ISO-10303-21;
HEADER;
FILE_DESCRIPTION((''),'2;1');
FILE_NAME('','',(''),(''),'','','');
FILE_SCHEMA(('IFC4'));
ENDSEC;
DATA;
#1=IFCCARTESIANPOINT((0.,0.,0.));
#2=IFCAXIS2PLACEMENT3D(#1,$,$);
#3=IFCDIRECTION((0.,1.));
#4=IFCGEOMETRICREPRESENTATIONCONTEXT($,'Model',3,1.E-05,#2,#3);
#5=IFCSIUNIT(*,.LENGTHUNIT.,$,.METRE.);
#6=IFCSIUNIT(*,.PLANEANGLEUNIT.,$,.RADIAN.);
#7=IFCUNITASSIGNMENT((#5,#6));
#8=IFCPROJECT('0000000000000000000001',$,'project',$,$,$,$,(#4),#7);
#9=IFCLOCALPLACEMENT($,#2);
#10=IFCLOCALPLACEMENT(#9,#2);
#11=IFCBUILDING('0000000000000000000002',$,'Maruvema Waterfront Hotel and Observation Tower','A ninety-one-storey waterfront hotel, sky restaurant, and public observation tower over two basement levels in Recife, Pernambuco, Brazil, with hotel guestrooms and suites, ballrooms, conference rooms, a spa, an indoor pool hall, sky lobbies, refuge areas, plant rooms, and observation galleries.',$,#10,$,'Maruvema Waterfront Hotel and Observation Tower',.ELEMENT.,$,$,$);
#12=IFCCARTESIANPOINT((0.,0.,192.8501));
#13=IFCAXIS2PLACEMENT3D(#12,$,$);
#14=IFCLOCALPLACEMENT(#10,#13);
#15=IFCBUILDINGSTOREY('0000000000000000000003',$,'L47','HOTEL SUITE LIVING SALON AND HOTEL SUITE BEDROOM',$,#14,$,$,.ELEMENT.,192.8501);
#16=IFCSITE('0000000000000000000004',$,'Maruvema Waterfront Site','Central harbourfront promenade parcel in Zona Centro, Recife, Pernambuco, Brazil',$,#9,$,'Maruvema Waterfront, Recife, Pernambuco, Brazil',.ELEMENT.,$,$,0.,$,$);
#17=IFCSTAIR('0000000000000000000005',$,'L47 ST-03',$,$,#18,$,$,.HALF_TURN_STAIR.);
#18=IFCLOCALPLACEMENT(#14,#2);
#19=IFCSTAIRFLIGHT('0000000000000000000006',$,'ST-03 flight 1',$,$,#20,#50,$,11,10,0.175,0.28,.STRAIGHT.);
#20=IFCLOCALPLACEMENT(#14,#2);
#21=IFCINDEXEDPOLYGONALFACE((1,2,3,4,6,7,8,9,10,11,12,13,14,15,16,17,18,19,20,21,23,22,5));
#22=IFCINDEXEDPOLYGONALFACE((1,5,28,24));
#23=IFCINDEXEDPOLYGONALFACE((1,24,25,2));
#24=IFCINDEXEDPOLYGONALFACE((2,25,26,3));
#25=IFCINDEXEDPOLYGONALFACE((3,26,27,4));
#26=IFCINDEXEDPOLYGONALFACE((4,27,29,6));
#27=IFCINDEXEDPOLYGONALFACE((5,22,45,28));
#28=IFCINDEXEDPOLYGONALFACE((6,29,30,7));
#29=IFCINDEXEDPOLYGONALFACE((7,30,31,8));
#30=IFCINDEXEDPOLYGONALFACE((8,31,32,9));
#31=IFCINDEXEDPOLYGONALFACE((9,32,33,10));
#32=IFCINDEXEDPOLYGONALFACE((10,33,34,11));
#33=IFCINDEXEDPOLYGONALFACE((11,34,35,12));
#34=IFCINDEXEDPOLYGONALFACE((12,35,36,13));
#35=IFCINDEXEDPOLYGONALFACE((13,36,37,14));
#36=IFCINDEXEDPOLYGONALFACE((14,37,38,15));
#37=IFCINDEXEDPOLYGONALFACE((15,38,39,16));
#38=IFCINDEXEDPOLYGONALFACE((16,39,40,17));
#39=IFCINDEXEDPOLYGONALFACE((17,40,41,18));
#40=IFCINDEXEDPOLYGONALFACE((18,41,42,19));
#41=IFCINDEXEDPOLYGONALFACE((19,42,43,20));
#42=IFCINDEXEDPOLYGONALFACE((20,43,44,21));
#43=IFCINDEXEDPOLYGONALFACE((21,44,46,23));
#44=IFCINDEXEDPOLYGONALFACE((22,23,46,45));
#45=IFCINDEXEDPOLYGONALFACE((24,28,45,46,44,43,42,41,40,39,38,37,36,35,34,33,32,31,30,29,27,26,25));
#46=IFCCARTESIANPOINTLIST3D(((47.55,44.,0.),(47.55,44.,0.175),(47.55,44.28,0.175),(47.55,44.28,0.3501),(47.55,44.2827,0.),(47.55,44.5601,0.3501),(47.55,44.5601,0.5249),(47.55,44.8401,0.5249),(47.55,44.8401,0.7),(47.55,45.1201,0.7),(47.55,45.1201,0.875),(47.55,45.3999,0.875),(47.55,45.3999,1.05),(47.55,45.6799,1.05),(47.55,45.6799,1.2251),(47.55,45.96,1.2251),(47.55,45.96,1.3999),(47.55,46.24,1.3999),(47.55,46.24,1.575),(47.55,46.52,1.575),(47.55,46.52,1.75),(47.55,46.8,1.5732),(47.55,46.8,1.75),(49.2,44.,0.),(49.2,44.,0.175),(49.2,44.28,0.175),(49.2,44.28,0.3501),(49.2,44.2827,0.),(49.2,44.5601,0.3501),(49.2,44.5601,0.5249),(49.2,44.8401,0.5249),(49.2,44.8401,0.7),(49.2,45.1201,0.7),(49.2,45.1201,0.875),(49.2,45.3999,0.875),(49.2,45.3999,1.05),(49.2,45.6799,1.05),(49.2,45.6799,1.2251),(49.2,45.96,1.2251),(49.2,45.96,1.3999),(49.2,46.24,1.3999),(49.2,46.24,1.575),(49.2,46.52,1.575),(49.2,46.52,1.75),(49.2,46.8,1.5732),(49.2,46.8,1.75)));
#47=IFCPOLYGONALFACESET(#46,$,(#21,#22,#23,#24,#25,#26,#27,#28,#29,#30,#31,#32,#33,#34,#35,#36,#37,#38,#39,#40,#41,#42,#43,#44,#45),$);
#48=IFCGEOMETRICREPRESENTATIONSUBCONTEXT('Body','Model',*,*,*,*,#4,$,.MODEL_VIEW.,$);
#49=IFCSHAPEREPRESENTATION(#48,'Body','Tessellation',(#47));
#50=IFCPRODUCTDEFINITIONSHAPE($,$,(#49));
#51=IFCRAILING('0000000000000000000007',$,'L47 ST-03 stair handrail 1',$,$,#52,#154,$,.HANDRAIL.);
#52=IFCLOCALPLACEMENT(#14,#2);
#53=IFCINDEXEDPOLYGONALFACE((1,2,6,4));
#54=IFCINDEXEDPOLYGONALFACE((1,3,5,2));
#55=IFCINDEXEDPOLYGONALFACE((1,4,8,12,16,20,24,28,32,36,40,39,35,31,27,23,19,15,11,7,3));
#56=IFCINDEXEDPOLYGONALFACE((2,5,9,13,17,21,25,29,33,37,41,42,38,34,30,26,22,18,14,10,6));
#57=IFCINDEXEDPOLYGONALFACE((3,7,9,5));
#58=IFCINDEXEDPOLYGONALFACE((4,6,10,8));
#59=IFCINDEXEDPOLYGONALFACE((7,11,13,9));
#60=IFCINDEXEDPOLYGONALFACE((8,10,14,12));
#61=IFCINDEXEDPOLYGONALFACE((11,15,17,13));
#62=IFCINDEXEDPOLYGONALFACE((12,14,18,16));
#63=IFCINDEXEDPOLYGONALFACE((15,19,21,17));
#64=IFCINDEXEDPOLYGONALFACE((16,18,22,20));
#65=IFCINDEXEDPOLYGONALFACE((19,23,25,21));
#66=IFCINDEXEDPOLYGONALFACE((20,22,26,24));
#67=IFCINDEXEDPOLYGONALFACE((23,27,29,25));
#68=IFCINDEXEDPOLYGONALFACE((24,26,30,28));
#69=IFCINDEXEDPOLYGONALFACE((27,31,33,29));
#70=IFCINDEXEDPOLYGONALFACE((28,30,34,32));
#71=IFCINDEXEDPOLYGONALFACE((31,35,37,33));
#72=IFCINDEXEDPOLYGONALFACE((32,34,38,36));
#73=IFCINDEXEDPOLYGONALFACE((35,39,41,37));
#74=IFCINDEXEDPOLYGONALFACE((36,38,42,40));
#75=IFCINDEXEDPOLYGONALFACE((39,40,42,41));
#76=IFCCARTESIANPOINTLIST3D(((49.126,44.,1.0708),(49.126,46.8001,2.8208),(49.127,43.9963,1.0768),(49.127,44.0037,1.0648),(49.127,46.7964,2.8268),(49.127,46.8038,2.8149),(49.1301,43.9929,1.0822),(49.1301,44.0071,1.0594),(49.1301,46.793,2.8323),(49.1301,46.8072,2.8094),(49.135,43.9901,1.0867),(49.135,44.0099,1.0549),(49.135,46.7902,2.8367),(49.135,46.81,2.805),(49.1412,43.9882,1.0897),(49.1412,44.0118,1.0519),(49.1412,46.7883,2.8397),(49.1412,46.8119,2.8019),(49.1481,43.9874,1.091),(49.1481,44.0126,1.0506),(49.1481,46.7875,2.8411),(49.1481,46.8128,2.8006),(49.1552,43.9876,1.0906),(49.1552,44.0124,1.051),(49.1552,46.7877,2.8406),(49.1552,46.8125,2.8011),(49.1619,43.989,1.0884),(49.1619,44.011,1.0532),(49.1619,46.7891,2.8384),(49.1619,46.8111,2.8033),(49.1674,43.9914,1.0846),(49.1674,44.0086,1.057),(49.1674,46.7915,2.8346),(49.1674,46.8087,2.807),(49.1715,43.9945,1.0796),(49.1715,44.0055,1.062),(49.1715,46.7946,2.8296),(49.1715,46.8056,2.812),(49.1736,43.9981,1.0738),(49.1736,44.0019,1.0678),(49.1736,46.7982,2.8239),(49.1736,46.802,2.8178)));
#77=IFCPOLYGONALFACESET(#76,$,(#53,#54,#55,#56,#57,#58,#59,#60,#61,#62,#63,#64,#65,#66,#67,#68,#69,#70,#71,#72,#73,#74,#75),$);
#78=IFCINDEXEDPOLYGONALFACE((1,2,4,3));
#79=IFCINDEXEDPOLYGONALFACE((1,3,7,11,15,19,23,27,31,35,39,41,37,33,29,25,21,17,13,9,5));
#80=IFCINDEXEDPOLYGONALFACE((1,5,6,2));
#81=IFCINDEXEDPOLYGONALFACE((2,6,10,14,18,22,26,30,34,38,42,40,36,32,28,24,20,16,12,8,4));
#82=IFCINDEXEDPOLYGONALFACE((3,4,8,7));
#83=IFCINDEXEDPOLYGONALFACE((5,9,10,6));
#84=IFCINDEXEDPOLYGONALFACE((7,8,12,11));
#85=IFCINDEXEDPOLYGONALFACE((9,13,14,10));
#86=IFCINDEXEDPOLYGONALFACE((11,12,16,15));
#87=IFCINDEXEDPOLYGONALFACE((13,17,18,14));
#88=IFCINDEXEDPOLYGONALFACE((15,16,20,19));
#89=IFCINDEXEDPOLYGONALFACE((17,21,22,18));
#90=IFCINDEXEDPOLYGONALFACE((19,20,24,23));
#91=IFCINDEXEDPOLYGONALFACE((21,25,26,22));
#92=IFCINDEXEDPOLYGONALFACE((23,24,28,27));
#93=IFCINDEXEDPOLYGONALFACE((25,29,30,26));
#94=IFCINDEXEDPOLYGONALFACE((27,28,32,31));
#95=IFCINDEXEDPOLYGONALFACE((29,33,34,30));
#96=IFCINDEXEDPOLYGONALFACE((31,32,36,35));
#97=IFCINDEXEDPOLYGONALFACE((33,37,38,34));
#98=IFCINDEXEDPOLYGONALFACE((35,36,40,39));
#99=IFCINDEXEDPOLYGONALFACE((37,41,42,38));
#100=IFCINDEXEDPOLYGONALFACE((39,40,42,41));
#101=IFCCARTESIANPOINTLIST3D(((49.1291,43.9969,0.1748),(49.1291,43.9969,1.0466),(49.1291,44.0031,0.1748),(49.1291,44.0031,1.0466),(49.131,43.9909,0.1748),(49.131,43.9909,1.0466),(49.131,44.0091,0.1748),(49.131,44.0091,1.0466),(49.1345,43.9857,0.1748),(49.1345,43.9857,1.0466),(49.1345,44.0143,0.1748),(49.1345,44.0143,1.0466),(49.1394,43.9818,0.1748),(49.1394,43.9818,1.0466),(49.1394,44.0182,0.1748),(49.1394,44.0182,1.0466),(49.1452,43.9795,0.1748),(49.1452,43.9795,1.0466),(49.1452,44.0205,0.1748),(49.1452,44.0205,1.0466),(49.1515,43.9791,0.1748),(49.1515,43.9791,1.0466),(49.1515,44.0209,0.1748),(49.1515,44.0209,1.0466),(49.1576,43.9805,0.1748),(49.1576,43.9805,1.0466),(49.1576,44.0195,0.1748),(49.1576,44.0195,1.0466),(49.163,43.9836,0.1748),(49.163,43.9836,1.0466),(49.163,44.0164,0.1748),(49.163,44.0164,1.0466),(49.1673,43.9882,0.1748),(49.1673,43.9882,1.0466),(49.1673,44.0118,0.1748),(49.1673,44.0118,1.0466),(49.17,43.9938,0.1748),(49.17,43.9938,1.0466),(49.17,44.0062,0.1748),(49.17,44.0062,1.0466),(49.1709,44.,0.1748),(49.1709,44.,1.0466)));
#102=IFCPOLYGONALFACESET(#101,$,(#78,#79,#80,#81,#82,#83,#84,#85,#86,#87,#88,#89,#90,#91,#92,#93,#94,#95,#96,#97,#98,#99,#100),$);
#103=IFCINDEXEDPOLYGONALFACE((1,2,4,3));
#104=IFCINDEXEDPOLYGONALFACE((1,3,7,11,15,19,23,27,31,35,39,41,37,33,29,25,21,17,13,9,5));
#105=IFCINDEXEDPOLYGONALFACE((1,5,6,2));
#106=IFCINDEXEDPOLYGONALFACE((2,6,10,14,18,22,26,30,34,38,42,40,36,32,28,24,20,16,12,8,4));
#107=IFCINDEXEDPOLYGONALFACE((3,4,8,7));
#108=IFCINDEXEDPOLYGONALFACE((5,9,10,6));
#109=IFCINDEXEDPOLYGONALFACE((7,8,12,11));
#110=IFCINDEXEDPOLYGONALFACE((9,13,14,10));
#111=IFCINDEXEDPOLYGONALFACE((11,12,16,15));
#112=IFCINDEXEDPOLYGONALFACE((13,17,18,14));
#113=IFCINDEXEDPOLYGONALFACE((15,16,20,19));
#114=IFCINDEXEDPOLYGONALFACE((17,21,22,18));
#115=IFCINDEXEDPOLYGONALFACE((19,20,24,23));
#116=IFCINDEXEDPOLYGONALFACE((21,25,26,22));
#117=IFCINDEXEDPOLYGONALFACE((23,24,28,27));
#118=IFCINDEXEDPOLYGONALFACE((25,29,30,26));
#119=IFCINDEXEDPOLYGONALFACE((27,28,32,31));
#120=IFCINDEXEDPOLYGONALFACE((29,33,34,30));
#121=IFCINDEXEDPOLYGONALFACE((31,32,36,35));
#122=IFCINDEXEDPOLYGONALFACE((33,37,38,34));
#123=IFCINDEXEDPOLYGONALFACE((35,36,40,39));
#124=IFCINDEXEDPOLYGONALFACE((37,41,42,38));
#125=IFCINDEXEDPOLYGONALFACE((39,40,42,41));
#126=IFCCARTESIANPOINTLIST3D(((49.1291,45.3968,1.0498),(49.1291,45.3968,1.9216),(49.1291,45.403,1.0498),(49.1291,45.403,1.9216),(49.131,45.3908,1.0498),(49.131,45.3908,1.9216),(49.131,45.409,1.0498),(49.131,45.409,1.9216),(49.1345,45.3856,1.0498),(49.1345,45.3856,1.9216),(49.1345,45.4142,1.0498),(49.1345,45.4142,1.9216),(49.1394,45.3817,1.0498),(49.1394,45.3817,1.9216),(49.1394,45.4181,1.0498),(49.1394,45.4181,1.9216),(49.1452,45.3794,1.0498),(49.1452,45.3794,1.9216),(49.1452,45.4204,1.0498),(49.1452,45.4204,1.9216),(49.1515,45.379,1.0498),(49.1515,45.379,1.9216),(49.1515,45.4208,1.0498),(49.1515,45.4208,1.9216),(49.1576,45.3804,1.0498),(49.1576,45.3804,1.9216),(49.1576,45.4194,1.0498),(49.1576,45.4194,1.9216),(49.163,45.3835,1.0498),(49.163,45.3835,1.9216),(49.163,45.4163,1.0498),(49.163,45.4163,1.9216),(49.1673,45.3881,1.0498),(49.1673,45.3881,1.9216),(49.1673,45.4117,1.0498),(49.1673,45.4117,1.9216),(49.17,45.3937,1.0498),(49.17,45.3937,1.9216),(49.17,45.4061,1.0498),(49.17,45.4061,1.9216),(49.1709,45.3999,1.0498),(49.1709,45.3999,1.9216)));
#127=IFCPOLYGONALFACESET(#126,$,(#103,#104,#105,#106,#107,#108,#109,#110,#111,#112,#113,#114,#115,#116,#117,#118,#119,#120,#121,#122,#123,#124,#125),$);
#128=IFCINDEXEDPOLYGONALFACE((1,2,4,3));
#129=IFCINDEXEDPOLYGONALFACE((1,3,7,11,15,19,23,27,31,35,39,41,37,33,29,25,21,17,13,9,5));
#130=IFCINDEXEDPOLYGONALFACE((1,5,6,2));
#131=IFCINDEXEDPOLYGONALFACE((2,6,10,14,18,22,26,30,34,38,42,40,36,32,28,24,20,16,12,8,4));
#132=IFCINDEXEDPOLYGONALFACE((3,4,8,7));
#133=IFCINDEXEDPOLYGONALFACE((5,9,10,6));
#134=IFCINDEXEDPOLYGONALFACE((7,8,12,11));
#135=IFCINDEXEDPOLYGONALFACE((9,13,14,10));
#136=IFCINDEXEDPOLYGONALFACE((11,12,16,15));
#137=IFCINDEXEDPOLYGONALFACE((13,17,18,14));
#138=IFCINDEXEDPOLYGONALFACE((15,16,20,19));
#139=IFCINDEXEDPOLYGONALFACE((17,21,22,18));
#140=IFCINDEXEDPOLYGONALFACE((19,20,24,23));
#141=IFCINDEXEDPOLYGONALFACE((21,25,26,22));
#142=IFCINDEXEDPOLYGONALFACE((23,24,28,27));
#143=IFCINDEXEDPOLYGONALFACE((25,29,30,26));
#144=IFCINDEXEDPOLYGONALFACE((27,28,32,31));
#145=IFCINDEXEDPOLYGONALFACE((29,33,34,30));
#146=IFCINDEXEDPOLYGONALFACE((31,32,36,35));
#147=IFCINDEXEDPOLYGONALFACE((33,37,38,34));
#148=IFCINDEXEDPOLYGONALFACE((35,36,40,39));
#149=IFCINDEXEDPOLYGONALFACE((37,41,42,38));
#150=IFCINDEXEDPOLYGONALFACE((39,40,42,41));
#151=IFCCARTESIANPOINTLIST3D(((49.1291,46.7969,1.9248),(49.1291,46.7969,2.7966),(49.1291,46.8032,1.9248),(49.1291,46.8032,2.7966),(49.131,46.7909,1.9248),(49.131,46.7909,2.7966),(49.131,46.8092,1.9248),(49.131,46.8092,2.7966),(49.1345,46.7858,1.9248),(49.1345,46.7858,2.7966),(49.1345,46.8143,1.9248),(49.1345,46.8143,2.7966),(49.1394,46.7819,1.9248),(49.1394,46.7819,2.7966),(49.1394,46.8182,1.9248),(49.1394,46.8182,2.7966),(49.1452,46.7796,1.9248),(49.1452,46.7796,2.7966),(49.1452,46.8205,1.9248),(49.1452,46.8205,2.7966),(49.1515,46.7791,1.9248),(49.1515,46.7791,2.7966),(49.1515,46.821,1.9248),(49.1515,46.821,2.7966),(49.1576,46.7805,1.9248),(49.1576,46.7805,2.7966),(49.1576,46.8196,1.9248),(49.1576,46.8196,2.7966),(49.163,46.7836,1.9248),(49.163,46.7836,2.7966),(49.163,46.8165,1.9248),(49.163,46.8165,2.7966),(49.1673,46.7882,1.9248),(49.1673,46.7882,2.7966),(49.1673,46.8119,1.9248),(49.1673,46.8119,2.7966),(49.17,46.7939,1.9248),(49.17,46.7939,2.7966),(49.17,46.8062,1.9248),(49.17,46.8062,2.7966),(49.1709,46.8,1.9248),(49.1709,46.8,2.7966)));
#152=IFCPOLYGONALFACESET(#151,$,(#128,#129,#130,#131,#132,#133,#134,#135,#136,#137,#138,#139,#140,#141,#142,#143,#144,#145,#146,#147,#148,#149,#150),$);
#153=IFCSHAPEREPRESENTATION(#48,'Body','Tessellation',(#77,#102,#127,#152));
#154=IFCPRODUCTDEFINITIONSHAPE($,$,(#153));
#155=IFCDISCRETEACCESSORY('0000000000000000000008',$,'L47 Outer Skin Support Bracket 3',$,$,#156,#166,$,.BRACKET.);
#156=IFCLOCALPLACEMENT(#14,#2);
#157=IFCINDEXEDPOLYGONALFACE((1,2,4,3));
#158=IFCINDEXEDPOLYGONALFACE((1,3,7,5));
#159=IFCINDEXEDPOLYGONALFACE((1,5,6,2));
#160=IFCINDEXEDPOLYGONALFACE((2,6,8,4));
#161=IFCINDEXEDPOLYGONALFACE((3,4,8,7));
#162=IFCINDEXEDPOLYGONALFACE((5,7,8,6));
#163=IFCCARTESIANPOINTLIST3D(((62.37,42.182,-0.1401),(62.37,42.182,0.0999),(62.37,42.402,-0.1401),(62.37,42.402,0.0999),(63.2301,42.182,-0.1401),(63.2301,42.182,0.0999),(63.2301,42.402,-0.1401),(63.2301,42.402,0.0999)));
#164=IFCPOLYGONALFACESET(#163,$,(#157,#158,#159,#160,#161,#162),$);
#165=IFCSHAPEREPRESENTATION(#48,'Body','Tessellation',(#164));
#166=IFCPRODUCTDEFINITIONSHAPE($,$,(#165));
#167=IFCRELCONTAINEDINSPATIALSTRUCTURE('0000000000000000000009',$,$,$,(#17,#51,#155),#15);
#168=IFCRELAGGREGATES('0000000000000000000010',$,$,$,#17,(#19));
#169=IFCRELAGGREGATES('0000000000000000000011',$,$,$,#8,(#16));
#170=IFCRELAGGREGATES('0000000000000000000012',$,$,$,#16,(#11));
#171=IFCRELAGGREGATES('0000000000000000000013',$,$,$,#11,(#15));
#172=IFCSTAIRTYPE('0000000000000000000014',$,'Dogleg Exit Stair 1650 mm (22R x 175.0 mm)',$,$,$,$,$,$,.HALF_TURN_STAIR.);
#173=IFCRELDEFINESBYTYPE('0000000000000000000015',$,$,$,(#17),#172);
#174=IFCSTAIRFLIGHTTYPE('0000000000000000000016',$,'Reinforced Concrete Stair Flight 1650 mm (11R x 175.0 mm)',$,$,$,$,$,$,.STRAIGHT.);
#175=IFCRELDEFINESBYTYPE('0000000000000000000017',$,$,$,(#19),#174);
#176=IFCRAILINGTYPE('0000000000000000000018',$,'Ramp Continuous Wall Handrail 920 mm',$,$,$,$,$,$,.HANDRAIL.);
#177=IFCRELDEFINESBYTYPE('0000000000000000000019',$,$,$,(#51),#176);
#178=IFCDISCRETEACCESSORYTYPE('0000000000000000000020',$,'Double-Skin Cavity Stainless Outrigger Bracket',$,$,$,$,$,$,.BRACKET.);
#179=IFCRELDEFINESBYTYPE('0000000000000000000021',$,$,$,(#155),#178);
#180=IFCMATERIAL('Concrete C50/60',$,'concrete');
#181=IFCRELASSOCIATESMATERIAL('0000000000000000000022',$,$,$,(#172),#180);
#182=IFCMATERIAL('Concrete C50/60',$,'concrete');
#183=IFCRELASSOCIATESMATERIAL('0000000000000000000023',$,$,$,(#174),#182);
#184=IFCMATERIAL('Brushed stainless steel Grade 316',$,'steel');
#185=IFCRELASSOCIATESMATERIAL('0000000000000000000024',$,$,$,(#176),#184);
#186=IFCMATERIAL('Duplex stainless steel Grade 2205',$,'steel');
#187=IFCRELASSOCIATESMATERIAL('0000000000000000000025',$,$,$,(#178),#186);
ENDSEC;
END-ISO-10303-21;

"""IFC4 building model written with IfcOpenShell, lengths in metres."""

from ifc_helpers import new_model, si_unit, direction, frame, origin, origin_2d, place, context, subcontext, project, spatial, polyline, rectangle, circle, outline, extrude, material, type_object, element, aggregate, save


model = new_model("IFC4")

# Units and contexts
model_context = context("Model", 3, precision=1e-05, world=origin(), true_north=direction((0.0, 1.0)))
body_context = subcontext(model_context, "Body", "Model", "MODEL_VIEW")
ifc_project = project(units=[si_unit("LENGTHUNIT", "METRE"), si_unit("PLANEANGLEUNIT", "RADIAN")], contexts=[model_context])

# Site, building, storey
site_placement = place(None, origin())
site = spatial("IfcSite", under=ifc_project, at=site_placement, Name="Maruvema Waterfront Site", Description="Central harbourfront promenade parcel in Zona Centro, Recife, Pernambuco, Brazil", LongName="Maruvema Waterfront, Recife, Pernambuco, Brazil", CompositionType="ELEMENT", RefElevation=0.0)
building_placement = place(site_placement, origin())
building = spatial("IfcBuilding", under=site, at=building_placement, Name="Maruvema Waterfront Hotel and Observation Tower", Description="A ninety-one-storey waterfront hotel, sky restaurant, and public observation tower over two basement levels in Recife, Pernambuco, Brazil, with hotel guestrooms and suites, ballrooms, conference rooms, a spa, an indoor pool hall, sky lobbies, refuge areas, plant rooms, and observation galleries.", LongName="Maruvema Waterfront Hotel and Observation Tower", CompositionType="ELEMENT")
storey_placement = place(building_placement, frame((0.0, 0.0, 192.8501)))
storey = spatial("IfcBuildingStorey", under=building, at=storey_placement, Name="L47", Description="HOTEL SUITE LIVING SALON AND HOTEL SUITE BEDROOM", CompositionType="ELEMENT", Elevation=192.8501)

# Stair, stair flight
ifc_material_1 = material(Name="Concrete C50/60", Category="concrete")
stair_type = type_object("IfcStairType", Name="Dogleg Exit Stair 1650 mm (22R x 175.0 mm)", PredefinedType="HALF_TURN_STAIR", material=ifc_material_1)
stair_placement = place(storey_placement, origin())
stair = element("IfcStair", 1, at=stair_placement, inside=storey, type_object=stair_type, Name="L47 ST-03", PredefinedType="HALF_TURN_STAIR")
ifc_material_2 = material(Name="Concrete C50/60", Category="concrete")
stair_flight_type = type_object("IfcStairFlightType", Name="Reinforced Concrete Stair Flight 1650 mm (11R x 175.0 mm)", PredefinedType="STRAIGHT", material=ifc_material_2)
stair_flight_placement = place(storey_placement, frame((48.375, 44.0, 0.0), z_axis=(0.0, 0.0, 1.0), x_axis=(0.0, 1.0, 0.0)))
stair_flight = element("IfcStairFlight", 2, at=stair_flight_placement, type_object=stair_flight_type, Name="ST-03 flight 1", NumberOfRisers=11, NumberOfTreads=10, PredefinedType="STRAIGHT", RiserHeight=0.175, TreadLength=0.28, context=body_context, shape_type="SweptSolid", body=[
    extrude(outline(polyline([(0.0, 0.0), (0.0, 0.175), (0.28, 0.175), (0.28, 0.3501), (0.5601, 0.3501), (0.5601, 0.5249), (0.8401, 0.5249), (0.8401, 0.7), (1.1201, 0.7), (1.1201, 0.875), (1.3999, 0.875), (1.3999, 1.05), (1.6799, 1.05), (1.6799, 1.2251), (1.96, 1.2251), (1.96, 1.3999), (2.24, 1.3999), (2.24, 1.575), (2.52, 1.575), (2.52, 1.75), (2.8, 1.75), (2.8, 1.925), (2.8, 1.5732), (0.2827, 0.0), (0.0, 0.0)])), frame((0.0, 0.825, 0.0), z_axis=(0.0, -1.0, 0.0), x_axis=(1.0, 0.0, 0.0)), (0.0, 0.0, 1.0), 1.6499),
])
aggregate(stair, [stair_flight])

# Railing
ifc_material_3 = material(Name="Brushed stainless steel Grade 316", Category="steel")
railing_type = type_object("IfcRailingType", Name="Ramp Continuous Wall Handrail 920 mm", PredefinedType="HANDRAIL", material=ifc_material_3)
railing_placement = place(storey_placement, frame((49.1499, 44.0, 0.1748)))
element("IfcRailing", 3, at=railing_placement, inside=storey, type_object=railing_type, Name="L47 ST-03 stair handrail 1", PredefinedType="HANDRAIL", context=body_context, shape_type="SweptSolid", body=[
    extrude(circle(Radius=0.0239, at=origin_2d()), frame((0.0, 0.0, 0.896), z_axis=(0.0, 0.848002, 0.529992), x_axis=(-1.0, 0.0, 0.0)), (0.0, 0.0, 1.0), 3.302),
    extrude(circle(Radius=0.021, at=origin_2d()), origin(), (0.0, 0.0, 1.0), 0.8718),
    extrude(circle(Radius=0.021, at=origin_2d()), frame((0.0, 1.3999, 0.875)), (0.0, 0.0, 1.0), 0.8718),
    extrude(circle(Radius=0.021, at=origin_2d()), frame((0.0, 2.8, 1.75)), (0.0, 0.0, 1.0), 0.8718),
])

# Discrete accessory
ifc_material_4 = material(Name="Duplex stainless steel Grade 2205", Category="steel")
discrete_accessory_type = type_object("IfcDiscreteAccessoryType", Name="Double-Skin Cavity Stainless Outrigger Bracket", PredefinedType="BRACKET", material=ifc_material_4)
discrete_accessory_placement = place(storey_placement, frame((62.8, 42.292, -0.1401), z_axis=(0.0, 0.0, 1.0), x_axis=(0.0, 1.0, 0.0)))
element("IfcDiscreteAccessory", 4, at=discrete_accessory_placement, inside=storey, type_object=discrete_accessory_type, Name="L47 Outer Skin Support Bracket 3", PredefinedType="BRACKET", context=body_context, shape_type="SweptSolid", body=[
    extrude(rectangle(XDim=0.22, YDim=0.8601, at=origin_2d()), origin(), (0.0, 0.0, 1.0), 0.24),
])

save(model, "model.ifc")
